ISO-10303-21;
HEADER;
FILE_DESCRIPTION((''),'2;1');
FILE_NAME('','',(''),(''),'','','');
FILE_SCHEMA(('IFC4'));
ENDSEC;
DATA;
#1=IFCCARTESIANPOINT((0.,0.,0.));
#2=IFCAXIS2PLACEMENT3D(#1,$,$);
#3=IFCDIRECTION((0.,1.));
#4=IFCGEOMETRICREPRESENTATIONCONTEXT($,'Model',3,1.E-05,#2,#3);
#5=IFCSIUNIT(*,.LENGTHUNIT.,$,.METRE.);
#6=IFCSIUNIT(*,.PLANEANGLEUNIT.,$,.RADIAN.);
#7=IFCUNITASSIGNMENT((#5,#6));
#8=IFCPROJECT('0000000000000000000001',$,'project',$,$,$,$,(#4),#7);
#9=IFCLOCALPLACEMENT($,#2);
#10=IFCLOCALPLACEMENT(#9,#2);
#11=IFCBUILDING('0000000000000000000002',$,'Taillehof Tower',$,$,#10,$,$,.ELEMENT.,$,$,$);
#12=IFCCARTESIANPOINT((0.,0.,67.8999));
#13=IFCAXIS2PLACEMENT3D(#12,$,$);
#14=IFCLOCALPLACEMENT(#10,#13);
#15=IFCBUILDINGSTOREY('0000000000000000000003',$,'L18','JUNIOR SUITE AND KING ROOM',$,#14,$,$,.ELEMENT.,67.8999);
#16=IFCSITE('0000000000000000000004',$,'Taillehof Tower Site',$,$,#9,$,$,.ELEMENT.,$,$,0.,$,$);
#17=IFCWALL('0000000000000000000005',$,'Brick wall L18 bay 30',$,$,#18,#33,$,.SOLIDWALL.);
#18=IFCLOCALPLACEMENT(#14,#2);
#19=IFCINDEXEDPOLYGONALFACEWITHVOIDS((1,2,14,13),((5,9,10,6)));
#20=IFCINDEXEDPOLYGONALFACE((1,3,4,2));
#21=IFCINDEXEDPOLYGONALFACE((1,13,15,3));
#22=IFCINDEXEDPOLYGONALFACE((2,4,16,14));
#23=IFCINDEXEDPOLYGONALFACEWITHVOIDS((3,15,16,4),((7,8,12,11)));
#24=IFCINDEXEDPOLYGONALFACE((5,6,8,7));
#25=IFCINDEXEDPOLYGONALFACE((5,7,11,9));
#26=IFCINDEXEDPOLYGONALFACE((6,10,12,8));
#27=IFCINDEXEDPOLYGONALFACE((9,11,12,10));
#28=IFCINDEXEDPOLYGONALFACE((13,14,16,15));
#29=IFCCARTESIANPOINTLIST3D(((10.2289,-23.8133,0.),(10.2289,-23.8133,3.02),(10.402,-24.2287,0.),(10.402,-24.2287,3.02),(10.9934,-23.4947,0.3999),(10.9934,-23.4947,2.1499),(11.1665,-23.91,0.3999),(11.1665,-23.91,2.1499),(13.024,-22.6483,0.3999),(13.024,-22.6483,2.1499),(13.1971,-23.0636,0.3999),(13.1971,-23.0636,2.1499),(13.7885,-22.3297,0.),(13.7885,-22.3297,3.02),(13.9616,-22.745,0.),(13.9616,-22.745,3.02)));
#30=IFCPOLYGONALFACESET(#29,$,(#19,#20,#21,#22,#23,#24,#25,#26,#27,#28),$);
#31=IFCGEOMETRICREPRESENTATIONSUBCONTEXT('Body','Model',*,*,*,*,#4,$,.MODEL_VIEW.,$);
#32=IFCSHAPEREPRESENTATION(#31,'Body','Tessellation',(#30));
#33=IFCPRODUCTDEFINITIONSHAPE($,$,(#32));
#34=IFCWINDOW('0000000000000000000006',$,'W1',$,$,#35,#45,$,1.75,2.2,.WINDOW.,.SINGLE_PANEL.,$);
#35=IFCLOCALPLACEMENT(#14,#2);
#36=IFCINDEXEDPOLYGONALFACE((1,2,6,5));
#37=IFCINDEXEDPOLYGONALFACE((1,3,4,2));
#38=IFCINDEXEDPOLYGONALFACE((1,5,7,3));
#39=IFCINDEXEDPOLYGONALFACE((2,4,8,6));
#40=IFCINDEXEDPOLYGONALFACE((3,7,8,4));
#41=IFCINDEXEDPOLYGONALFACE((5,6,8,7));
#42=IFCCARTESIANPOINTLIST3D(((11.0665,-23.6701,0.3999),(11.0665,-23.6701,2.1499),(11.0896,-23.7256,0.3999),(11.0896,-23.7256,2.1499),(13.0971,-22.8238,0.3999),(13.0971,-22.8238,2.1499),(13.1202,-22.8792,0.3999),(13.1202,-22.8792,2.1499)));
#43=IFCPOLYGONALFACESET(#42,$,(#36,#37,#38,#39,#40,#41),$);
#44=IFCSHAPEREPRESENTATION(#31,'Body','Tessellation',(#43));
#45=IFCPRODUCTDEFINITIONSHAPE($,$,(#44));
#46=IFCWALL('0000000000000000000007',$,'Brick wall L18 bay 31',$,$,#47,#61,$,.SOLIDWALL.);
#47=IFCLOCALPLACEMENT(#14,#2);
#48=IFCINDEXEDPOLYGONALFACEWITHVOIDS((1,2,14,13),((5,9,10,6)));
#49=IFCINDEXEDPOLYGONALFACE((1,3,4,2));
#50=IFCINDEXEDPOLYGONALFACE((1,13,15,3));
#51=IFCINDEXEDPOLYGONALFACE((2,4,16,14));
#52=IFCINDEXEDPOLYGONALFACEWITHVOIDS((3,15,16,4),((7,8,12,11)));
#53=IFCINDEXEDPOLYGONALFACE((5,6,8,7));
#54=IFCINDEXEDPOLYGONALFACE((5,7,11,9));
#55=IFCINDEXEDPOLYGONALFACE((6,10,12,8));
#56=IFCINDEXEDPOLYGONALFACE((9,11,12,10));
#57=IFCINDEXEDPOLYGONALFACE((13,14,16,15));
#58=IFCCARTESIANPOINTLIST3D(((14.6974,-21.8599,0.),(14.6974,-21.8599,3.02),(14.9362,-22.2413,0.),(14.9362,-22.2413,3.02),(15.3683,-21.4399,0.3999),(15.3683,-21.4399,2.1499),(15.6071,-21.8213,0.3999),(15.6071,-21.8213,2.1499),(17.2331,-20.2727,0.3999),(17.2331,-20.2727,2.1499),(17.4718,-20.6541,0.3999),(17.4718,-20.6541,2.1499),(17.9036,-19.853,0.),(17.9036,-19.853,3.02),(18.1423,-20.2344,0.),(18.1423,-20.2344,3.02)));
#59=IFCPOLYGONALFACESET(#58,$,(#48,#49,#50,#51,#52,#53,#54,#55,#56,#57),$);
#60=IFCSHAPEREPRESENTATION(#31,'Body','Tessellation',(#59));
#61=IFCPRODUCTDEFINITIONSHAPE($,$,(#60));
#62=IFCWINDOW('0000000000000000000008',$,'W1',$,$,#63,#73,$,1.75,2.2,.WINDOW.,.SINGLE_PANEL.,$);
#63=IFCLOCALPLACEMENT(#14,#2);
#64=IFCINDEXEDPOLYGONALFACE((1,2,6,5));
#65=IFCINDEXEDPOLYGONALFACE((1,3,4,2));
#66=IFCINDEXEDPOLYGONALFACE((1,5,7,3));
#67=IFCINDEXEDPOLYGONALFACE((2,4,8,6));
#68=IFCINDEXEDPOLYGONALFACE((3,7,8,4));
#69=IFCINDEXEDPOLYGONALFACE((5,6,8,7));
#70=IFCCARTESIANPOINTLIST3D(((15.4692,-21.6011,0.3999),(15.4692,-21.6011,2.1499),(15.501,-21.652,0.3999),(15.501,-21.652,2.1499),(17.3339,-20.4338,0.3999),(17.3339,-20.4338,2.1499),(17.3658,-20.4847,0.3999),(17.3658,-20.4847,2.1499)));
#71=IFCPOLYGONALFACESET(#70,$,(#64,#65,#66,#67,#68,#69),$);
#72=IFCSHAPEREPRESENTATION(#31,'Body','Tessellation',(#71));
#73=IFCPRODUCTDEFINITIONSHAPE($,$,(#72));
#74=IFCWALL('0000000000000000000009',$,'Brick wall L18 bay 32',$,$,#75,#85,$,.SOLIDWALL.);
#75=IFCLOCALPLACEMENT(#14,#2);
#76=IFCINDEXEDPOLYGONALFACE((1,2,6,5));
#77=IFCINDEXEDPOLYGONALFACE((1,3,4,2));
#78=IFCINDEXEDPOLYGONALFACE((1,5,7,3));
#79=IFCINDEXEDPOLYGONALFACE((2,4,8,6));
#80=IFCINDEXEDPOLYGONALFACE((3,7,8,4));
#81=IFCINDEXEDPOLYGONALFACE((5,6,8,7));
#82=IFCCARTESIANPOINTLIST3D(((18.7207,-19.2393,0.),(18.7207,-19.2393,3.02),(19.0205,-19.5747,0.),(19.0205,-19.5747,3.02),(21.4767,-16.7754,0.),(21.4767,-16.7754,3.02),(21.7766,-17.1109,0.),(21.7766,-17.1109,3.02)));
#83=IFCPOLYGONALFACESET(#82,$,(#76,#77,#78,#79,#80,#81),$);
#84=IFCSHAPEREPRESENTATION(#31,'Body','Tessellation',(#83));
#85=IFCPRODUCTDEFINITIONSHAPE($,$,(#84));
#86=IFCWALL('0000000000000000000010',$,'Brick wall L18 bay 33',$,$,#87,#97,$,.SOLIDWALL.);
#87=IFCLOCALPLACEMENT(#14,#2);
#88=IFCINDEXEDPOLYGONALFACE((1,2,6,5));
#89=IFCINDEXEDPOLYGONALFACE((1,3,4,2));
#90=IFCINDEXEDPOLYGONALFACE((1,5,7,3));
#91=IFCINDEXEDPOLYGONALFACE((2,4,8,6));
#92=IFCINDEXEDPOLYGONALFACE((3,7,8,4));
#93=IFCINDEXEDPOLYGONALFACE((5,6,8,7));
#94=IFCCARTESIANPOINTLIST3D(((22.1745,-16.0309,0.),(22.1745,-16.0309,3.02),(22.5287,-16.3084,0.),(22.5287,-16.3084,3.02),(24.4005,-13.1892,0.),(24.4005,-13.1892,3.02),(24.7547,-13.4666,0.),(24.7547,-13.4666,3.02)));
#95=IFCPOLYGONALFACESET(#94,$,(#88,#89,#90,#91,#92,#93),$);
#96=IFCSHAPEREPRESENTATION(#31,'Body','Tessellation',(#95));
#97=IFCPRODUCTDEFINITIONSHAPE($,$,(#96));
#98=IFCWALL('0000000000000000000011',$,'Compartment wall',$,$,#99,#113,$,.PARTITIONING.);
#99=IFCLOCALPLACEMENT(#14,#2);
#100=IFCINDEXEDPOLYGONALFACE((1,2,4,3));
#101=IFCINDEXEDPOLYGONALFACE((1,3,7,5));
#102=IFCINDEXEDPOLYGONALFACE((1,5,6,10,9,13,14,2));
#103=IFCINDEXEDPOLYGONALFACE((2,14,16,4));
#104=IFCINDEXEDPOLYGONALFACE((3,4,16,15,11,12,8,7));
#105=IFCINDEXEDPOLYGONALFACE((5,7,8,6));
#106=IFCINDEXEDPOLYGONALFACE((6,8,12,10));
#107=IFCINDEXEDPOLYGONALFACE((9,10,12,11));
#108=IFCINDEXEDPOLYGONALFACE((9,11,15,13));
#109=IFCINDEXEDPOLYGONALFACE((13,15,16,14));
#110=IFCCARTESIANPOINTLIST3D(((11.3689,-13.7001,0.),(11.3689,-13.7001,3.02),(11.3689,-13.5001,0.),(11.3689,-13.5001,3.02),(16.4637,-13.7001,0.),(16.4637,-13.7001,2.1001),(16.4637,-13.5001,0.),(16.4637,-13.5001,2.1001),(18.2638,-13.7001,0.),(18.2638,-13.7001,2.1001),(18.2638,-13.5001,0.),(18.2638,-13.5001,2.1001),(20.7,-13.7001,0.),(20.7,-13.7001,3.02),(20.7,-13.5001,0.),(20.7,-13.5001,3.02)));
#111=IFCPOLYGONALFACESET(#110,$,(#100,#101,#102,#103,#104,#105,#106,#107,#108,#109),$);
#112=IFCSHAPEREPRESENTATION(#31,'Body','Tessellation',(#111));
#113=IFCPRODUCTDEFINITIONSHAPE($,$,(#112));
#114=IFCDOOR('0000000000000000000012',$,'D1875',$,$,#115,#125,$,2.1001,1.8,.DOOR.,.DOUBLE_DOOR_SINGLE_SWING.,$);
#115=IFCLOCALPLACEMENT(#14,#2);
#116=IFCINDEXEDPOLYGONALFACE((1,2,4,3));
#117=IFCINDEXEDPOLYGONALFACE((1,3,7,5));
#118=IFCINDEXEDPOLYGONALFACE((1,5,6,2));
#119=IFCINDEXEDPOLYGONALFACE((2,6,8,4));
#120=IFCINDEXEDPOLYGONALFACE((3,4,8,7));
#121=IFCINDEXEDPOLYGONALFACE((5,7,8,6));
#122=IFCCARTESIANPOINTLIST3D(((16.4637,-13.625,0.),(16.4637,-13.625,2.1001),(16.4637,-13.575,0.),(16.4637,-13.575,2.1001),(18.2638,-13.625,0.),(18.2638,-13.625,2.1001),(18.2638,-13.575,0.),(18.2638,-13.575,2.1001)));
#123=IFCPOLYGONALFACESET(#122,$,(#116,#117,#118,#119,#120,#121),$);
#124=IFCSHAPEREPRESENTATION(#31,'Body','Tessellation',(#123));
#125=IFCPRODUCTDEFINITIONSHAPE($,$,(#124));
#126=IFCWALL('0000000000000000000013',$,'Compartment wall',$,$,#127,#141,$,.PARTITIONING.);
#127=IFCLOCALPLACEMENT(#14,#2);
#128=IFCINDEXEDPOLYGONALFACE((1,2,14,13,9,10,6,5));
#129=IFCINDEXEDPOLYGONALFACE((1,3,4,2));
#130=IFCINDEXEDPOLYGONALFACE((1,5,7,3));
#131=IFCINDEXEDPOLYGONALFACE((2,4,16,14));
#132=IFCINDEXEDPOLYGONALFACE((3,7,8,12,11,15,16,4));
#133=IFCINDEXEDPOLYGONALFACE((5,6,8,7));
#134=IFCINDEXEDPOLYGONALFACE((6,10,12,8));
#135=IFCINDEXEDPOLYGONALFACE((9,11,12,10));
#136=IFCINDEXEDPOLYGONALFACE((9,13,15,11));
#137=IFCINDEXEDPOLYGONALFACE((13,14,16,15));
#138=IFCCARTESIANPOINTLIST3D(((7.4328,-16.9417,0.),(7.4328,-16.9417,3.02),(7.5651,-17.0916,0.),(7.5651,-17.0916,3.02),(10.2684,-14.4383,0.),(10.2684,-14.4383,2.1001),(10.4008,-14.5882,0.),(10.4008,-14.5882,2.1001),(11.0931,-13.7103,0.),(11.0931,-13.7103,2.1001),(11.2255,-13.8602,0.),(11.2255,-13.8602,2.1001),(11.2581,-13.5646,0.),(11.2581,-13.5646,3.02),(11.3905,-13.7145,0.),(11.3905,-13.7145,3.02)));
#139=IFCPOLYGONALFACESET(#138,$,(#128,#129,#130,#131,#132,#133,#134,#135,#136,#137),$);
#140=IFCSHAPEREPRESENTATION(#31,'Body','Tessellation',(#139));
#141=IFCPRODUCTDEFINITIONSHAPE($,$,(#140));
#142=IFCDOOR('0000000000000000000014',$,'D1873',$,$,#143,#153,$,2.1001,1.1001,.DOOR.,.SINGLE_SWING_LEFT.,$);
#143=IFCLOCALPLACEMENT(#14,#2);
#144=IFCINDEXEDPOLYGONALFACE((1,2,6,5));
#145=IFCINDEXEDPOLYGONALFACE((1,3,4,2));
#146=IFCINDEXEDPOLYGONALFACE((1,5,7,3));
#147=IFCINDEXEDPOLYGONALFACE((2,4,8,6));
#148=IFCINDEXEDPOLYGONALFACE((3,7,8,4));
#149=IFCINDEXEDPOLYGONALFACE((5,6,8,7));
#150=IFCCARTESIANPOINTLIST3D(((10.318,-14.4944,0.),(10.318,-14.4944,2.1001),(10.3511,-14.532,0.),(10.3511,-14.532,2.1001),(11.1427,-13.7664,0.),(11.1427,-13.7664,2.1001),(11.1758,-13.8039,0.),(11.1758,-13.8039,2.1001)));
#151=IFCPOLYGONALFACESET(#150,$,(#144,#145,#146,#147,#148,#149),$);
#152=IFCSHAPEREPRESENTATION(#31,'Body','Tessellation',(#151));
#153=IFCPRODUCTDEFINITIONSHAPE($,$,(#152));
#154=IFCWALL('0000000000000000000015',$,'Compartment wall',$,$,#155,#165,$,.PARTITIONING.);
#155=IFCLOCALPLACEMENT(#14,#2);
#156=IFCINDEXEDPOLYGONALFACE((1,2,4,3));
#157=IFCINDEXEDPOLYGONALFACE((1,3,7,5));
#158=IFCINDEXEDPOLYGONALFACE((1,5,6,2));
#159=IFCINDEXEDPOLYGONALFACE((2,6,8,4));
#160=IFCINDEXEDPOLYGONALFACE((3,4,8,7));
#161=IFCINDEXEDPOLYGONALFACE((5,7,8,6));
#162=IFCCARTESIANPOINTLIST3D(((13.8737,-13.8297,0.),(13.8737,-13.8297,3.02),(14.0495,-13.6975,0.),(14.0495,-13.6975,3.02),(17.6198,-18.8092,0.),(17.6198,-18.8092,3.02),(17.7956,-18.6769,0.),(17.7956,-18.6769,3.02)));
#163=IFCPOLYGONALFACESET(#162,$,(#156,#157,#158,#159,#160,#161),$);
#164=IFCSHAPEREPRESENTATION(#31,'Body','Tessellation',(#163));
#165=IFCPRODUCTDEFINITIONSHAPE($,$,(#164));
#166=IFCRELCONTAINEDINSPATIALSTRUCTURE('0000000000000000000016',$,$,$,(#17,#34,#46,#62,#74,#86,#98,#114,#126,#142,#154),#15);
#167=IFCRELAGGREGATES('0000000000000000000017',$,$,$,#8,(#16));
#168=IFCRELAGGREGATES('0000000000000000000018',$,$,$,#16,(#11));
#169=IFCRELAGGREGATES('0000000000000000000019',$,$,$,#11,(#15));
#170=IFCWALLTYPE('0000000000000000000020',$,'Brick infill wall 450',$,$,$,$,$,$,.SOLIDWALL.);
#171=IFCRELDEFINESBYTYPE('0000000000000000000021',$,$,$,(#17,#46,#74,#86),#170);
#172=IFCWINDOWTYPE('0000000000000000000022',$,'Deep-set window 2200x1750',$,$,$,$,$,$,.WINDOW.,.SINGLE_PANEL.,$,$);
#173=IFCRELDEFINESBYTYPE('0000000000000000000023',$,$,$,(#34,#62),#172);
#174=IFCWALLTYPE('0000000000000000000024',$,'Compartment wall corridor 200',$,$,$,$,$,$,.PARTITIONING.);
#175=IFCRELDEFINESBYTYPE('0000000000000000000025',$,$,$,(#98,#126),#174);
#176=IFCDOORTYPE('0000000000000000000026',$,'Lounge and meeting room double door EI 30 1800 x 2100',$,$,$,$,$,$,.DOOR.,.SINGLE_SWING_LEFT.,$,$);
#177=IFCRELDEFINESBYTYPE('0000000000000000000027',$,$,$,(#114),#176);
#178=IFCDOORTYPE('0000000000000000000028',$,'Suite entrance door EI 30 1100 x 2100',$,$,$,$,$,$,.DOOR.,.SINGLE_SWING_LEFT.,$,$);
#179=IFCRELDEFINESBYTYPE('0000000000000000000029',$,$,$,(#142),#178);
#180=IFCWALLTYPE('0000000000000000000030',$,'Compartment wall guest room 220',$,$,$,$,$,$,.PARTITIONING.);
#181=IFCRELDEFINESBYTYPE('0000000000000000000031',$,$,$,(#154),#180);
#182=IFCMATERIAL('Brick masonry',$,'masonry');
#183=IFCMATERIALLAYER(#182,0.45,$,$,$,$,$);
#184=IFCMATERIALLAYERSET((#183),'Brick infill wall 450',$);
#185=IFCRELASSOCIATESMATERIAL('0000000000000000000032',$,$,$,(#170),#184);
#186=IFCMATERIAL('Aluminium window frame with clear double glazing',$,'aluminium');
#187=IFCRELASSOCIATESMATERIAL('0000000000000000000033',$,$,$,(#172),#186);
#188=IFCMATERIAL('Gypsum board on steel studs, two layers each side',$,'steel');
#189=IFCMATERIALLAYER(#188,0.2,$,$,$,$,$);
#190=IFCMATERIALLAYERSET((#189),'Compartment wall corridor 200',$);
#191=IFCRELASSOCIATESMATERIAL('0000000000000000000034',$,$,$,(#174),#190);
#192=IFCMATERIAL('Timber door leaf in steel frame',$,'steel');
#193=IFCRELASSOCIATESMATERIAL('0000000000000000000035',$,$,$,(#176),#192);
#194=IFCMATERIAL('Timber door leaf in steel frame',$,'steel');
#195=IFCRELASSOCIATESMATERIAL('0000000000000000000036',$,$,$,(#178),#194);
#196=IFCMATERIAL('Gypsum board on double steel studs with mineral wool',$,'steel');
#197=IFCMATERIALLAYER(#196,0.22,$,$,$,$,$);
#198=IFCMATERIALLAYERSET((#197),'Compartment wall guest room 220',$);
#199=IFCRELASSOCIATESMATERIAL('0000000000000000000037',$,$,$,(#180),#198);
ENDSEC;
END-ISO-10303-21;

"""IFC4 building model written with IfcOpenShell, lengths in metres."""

from ifc_helpers import new_model, si_unit, direction, frame, frame_2d, origin, place, context, subcontext, project, spatial, rectangle, extrude, material, layer, layer_set, type_object, element, fill, save


model = new_model("IFC4")

# Units and contexts
model_context = context("Model", 3, precision=1e-05, world=origin(), true_north=direction((0.0, 1.0)))
body_context = subcontext(model_context, "Body", "Model", "MODEL_VIEW")
ifc_project = project(units=[si_unit("LENGTHUNIT", "METRE"), si_unit("PLANEANGLEUNIT", "RADIAN")], contexts=[model_context])

# Site, building, storey
site_placement = place(None, origin())
site = spatial("IfcSite", under=ifc_project, at=site_placement, Name="Taillehof Tower Site", CompositionType="ELEMENT", RefElevation=0.0)
building_placement = place(site_placement, origin())
building = spatial("IfcBuilding", under=site, at=building_placement, Name="Taillehof Tower", CompositionType="ELEMENT")
storey_placement = place(building_placement, frame((0.0, 0.0, 67.8999)))
storey = spatial("IfcBuildingStorey", under=building, at=storey_placement, Name="L18", Description="JUNIOR SUITE AND KING ROOM", CompositionType="ELEMENT", Elevation=67.8999)

# Walls, openings, windows
ifc_material_1 = material(Name="Brick masonry", Category="masonry")
ifc_layer_1 = layer(ifc_material_1, 0.45)
ifc_layer_set_1 = layer_set([ifc_layer_1], Name="Brick infill wall 450")
wall_type_1 = type_object("IfcWallType", Name="Brick infill wall 450", PredefinedType="SOLIDWALL", material=ifc_layer_set_1)
wall_1_placement = place(storey_placement, frame((10.3154, -24.021, 0.0), z_axis=(0.0, 0.0, 1.0), x_axis=(0.923032, 0.384723, 0.0)))
wall_1 = element("IfcWall", 1, at=wall_1_placement, inside=storey, type_object=wall_type_1, Name="Brick wall L18 bay 30", PredefinedType="SOLIDWALL", context=body_context, shape_type="SweptSolid", body=[
    extrude(rectangle(XDim=3.8564, YDim=0.45, at=frame_2d((1.9282, 0.0))), origin(), (0.0, 0.0, 1.0), 3.02),
])
opening_1_placement = place(wall_1_placement, frame((0.8281, 0.0, 0.3999)))
opening_1 = element("IfcOpeningElement", 2, at=opening_1_placement, cuts=wall_1, PredefinedType="OPENING", context=body_context, shape_type="SweptSolid", body=[
    extrude(rectangle(XDim=2.2, YDim=1.75, at=frame_2d((1.1001, 0.875))), frame((0.0, 0.2349, 0.0), z_axis=(0.0, -1.0, 0.0), x_axis=(1.0, 0.0, 0.0)), (0.0, 0.0, 1.0), 0.47),
])
ifc_material_2 = material(Name="Aluminium window frame with clear double glazing", Category="aluminium")
window_type = type_object("IfcWindowType", Name="Deep-set window 2200x1750", PartitioningType="SINGLE_PANEL", PredefinedType="WINDOW", material=ifc_material_2)
window_1_placement = place(opening_1_placement, origin())
window_1 = element("IfcWindow", 3, at=window_1_placement, inside=storey, type_object=window_type, Name="W1", OverallHeight=1.75, OverallWidth=2.2, PartitioningType="SINGLE_PANEL", PredefinedType="WINDOW", context=body_context, shape_type="SweptSolid", body=[
    extrude(rectangle(XDim=2.2, YDim=1.75, at=frame_2d((1.1001, 0.875))), frame((0.0, 0.0349, 0.0), z_axis=(0.0, -1.0, 0.0), x_axis=(1.0, 0.0, 0.0)), (0.0, 0.0, 1.0), 0.0601),
])
fill(opening_1, window_1)
wall_2_placement = place(storey_placement, frame((14.8169, -22.0505, 0.0), z_axis=(0.0, 0.0, 1.0), x_axis=(0.847635, 0.530579, 0.0)))
wall_2 = element("IfcWall", 4, at=wall_2_placement, inside=storey, type_object=wall_type_1, Name="Brick wall L18 bay 31", PredefinedType="SOLIDWALL", context=body_context, shape_type="SweptSolid", body=[
    extrude(rectangle(XDim=3.7825, YDim=0.45, at=frame_2d((1.8911, 0.0))), origin(), (0.0, 0.0, 1.0), 3.02),
])
opening_2_placement = place(wall_2_placement, frame((0.7913, 0.0, 0.3999)))
opening_2 = element("IfcOpeningElement", 5, at=opening_2_placement, cuts=wall_2, PredefinedType="OPENING", context=body_context, shape_type="SweptSolid", body=[
    extrude(rectangle(XDim=2.2, YDim=1.75, at=frame_2d((1.1001, 0.875))), frame((0.0, 0.2349, 0.0), z_axis=(0.0, -1.0, 0.0), x_axis=(1.0, 0.0, 0.0)), (0.0, 0.0, 1.0), 0.47),
])
window_2_placement = place(opening_2_placement, origin())
window_2 = element("IfcWindow", 6, at=window_2_placement, inside=storey, type_object=window_type, Name="W1", OverallHeight=1.75, OverallWidth=2.2, PartitioningType="SINGLE_PANEL", PredefinedType="WINDOW", context=body_context, shape_type="SweptSolid", body=[
    extrude(rectangle(XDim=2.2, YDim=1.75, at=frame_2d((1.1001, 0.875))), frame((0.0, 0.0349, 0.0), z_axis=(0.0, -1.0, 0.0), x_axis=(1.0, 0.0, 0.0)), (0.0, 0.0, 1.0), 0.0601),
])
fill(opening_2, window_2)

# Walls
wall_3_placement = place(storey_placement, frame((18.8706, -19.407, 0.0), z_axis=(0.0, 0.0, 1.0), x_axis=(0.745526, 0.666476, 0.0)))
element("IfcWall", 7, at=wall_3_placement, inside=storey, type_object=wall_type_1, Name="Brick wall L18 bay 32", PredefinedType="SOLIDWALL", context=body_context, shape_type="SweptSolid", body=[
    extrude(rectangle(XDim=3.6968, YDim=0.45, at=frame_2d((1.8484, 0.0))), origin(), (0.0, 0.0, 1.0), 3.02),
])
wall_4_placement = place(storey_placement, frame((22.3516, -16.1697, 0.0), z_axis=(0.0, 0.0, 1.0), x_axis=(0.616662, 0.787228, 0.0)))
element("IfcWall", 8, at=wall_4_placement, inside=storey, type_object=wall_type_1, Name="Brick wall L18 bay 33", PredefinedType="SOLIDWALL", context=body_context, shape_type="SweptSolid", body=[
    extrude(rectangle(XDim=3.6099, YDim=0.45, at=frame_2d((1.8049, 0.0))), origin(), (0.0, 0.0, 1.0), 3.02),
])

# Walls, openings, doors
ifc_material_3 = material(Name="Gypsum board on steel studs, two layers each side", Category="steel")
ifc_layer_2 = layer(ifc_material_3, 0.2)
ifc_layer_set_2 = layer_set([ifc_layer_2], Name="Compartment wall corridor 200")
wall_type_2 = type_object("IfcWallType", Name="Compartment wall corridor 200", PredefinedType="PARTITIONING", material=ifc_layer_set_2)
wall_5_placement = place(storey_placement, frame((20.7, -13.6001, 0.0), z_axis=(0.0, 0.0, 1.0), x_axis=(-1.0, 0.0, 0.0)))
wall_5 = element("IfcWall", 9, at=wall_5_placement, inside=storey, type_object=wall_type_2, Name="Compartment wall", PredefinedType="PARTITIONING", context=body_context, shape_type="SweptSolid", body=[
    extrude(rectangle(XDim=9.3311, YDim=0.2, at=frame_2d((4.6655, 0.0))), origin(), (0.0, 0.0, 1.0), 3.02),
])
opening_3_placement = place(wall_5_placement, frame((2.4363, 0.0, 0.0)))
opening_3 = element("IfcOpeningElement", 10, at=opening_3_placement, cuts=wall_5, PredefinedType="OPENING", context=body_context, shape_type="SweptSolid", body=[
    extrude(rectangle(XDim=1.8, YDim=2.1001, at=frame_2d((0.8999, 1.05))), frame((0.0, 0.1099, 0.0), z_axis=(0.0, -1.0, 0.0), x_axis=(1.0, 0.0, 0.0)), (0.0, 0.0, 1.0), 0.22),
])
ifc_material_4 = material(Name="Timber door leaf in steel frame", Category="steel")
door_type_1 = type_object("IfcDoorType", Name="Lounge and meeting room double door EI 30 1800 x 2100", OperationType="SINGLE_SWING_LEFT", PredefinedType="DOOR", material=ifc_material_4)
door_1_placement = place(opening_3_placement, origin())
door_1 = element("IfcDoor", 11, at=door_1_placement, inside=storey, type_object=door_type_1, Name="D1875", OperationType="DOUBLE_DOOR_SINGLE_SWING", OverallHeight=2.1001, OverallWidth=1.8, PredefinedType="DOOR", context=body_context, shape_type="SweptSolid", body=[
    extrude(rectangle(XDim=1.8, YDim=2.1001, at=frame_2d((0.8999, 1.05))), frame((0.0, 0.0249, 0.0), z_axis=(0.0, -1.0, 0.0), x_axis=(1.0, 0.0, 0.0)), (0.0, 0.0, 1.0), 0.05),
])
fill(opening_3, door_1)
wall_6_placement = place(storey_placement, frame((11.3242, -13.6396, 0.0), z_axis=(0.0, 0.0, 1.0), x_axis=(-0.749662, -0.661821, 0.0)))
wall_6 = element("IfcWall", 12, at=wall_6_placement, inside=storey, type_object=wall_type_2, Name="Compartment wall", PredefinedType="PARTITIONING", context=body_context, shape_type="SweptSolid", body=[
    extrude(rectangle(XDim=5.1028, YDim=0.2, at=frame_2d((2.5513, 0.0))), origin(), (0.0, 0.0, 1.0), 3.02),
])
opening_4_placement = place(wall_6_placement, frame((0.22, 0.0, 0.0)))
opening_4 = element("IfcOpeningElement", 13, at=opening_4_placement, cuts=wall_6, PredefinedType="OPENING", context=body_context, shape_type="SweptSolid", body=[
    extrude(rectangle(XDim=1.1001, YDim=2.1001, at=frame_2d((0.55, 1.05))), frame((0.0, 0.1099, 0.0), z_axis=(0.0, -1.0, 0.0), x_axis=(1.0, 0.0, 0.0)), (0.0, 0.0, 1.0), 0.22),
])
ifc_material_5 = material(Name="Timber door leaf in steel frame", Category="steel")
door_type_2 = type_object("IfcDoorType", Name="Suite entrance door EI 30 1100 x 2100", OperationType="SINGLE_SWING_LEFT", PredefinedType="DOOR", material=ifc_material_5)
door_2_placement = place(opening_4_placement, origin())
door_2 = element("IfcDoor", 14, at=door_2_placement, inside=storey, type_object=door_type_2, Name="D1873", OperationType="SINGLE_SWING_LEFT", OverallHeight=2.1001, OverallWidth=1.1001, PredefinedType="DOOR", context=body_context, shape_type="SweptSolid", body=[
    extrude(rectangle(XDim=1.1001, YDim=2.1001, at=frame_2d((0.55, 1.05))), frame((0.0, 0.0249, 0.0), z_axis=(0.0, -1.0, 0.0), x_axis=(1.0, 0.0, 0.0)), (0.0, 0.0, 1.0), 0.05),
])
fill(opening_4, door_2)

# Wall
ifc_material_6 = material(Name="Gypsum board on double steel studs with mineral wool", Category="steel")
ifc_layer_3 = layer(ifc_material_6, 0.22)
ifc_layer_set_3 = layer_set([ifc_layer_3], Name="Compartment wall guest room 220")
wall_type_3 = type_object("IfcWallType", Name="Compartment wall guest room 220", PredefinedType="PARTITIONING", material=ifc_layer_set_3)
wall_7_placement = place(storey_placement, frame((17.7078, -18.7432, 0.0), z_axis=(0.0, 0.0, 1.0), x_axis=(-0.601178, 0.799115, 0.0)))
element("IfcWall", 15, at=wall_7_placement, inside=storey, type_object=wall_type_3, Name="Compartment wall", PredefinedType="PARTITIONING", context=body_context, shape_type="SweptSolid", body=[
    extrude(rectangle(XDim=6.2312, YDim=0.22, at=frame_2d((3.1157, 0.0))), origin(), (0.0, 0.0, 1.0), 3.02),
])

save(model, "model.ifc")
